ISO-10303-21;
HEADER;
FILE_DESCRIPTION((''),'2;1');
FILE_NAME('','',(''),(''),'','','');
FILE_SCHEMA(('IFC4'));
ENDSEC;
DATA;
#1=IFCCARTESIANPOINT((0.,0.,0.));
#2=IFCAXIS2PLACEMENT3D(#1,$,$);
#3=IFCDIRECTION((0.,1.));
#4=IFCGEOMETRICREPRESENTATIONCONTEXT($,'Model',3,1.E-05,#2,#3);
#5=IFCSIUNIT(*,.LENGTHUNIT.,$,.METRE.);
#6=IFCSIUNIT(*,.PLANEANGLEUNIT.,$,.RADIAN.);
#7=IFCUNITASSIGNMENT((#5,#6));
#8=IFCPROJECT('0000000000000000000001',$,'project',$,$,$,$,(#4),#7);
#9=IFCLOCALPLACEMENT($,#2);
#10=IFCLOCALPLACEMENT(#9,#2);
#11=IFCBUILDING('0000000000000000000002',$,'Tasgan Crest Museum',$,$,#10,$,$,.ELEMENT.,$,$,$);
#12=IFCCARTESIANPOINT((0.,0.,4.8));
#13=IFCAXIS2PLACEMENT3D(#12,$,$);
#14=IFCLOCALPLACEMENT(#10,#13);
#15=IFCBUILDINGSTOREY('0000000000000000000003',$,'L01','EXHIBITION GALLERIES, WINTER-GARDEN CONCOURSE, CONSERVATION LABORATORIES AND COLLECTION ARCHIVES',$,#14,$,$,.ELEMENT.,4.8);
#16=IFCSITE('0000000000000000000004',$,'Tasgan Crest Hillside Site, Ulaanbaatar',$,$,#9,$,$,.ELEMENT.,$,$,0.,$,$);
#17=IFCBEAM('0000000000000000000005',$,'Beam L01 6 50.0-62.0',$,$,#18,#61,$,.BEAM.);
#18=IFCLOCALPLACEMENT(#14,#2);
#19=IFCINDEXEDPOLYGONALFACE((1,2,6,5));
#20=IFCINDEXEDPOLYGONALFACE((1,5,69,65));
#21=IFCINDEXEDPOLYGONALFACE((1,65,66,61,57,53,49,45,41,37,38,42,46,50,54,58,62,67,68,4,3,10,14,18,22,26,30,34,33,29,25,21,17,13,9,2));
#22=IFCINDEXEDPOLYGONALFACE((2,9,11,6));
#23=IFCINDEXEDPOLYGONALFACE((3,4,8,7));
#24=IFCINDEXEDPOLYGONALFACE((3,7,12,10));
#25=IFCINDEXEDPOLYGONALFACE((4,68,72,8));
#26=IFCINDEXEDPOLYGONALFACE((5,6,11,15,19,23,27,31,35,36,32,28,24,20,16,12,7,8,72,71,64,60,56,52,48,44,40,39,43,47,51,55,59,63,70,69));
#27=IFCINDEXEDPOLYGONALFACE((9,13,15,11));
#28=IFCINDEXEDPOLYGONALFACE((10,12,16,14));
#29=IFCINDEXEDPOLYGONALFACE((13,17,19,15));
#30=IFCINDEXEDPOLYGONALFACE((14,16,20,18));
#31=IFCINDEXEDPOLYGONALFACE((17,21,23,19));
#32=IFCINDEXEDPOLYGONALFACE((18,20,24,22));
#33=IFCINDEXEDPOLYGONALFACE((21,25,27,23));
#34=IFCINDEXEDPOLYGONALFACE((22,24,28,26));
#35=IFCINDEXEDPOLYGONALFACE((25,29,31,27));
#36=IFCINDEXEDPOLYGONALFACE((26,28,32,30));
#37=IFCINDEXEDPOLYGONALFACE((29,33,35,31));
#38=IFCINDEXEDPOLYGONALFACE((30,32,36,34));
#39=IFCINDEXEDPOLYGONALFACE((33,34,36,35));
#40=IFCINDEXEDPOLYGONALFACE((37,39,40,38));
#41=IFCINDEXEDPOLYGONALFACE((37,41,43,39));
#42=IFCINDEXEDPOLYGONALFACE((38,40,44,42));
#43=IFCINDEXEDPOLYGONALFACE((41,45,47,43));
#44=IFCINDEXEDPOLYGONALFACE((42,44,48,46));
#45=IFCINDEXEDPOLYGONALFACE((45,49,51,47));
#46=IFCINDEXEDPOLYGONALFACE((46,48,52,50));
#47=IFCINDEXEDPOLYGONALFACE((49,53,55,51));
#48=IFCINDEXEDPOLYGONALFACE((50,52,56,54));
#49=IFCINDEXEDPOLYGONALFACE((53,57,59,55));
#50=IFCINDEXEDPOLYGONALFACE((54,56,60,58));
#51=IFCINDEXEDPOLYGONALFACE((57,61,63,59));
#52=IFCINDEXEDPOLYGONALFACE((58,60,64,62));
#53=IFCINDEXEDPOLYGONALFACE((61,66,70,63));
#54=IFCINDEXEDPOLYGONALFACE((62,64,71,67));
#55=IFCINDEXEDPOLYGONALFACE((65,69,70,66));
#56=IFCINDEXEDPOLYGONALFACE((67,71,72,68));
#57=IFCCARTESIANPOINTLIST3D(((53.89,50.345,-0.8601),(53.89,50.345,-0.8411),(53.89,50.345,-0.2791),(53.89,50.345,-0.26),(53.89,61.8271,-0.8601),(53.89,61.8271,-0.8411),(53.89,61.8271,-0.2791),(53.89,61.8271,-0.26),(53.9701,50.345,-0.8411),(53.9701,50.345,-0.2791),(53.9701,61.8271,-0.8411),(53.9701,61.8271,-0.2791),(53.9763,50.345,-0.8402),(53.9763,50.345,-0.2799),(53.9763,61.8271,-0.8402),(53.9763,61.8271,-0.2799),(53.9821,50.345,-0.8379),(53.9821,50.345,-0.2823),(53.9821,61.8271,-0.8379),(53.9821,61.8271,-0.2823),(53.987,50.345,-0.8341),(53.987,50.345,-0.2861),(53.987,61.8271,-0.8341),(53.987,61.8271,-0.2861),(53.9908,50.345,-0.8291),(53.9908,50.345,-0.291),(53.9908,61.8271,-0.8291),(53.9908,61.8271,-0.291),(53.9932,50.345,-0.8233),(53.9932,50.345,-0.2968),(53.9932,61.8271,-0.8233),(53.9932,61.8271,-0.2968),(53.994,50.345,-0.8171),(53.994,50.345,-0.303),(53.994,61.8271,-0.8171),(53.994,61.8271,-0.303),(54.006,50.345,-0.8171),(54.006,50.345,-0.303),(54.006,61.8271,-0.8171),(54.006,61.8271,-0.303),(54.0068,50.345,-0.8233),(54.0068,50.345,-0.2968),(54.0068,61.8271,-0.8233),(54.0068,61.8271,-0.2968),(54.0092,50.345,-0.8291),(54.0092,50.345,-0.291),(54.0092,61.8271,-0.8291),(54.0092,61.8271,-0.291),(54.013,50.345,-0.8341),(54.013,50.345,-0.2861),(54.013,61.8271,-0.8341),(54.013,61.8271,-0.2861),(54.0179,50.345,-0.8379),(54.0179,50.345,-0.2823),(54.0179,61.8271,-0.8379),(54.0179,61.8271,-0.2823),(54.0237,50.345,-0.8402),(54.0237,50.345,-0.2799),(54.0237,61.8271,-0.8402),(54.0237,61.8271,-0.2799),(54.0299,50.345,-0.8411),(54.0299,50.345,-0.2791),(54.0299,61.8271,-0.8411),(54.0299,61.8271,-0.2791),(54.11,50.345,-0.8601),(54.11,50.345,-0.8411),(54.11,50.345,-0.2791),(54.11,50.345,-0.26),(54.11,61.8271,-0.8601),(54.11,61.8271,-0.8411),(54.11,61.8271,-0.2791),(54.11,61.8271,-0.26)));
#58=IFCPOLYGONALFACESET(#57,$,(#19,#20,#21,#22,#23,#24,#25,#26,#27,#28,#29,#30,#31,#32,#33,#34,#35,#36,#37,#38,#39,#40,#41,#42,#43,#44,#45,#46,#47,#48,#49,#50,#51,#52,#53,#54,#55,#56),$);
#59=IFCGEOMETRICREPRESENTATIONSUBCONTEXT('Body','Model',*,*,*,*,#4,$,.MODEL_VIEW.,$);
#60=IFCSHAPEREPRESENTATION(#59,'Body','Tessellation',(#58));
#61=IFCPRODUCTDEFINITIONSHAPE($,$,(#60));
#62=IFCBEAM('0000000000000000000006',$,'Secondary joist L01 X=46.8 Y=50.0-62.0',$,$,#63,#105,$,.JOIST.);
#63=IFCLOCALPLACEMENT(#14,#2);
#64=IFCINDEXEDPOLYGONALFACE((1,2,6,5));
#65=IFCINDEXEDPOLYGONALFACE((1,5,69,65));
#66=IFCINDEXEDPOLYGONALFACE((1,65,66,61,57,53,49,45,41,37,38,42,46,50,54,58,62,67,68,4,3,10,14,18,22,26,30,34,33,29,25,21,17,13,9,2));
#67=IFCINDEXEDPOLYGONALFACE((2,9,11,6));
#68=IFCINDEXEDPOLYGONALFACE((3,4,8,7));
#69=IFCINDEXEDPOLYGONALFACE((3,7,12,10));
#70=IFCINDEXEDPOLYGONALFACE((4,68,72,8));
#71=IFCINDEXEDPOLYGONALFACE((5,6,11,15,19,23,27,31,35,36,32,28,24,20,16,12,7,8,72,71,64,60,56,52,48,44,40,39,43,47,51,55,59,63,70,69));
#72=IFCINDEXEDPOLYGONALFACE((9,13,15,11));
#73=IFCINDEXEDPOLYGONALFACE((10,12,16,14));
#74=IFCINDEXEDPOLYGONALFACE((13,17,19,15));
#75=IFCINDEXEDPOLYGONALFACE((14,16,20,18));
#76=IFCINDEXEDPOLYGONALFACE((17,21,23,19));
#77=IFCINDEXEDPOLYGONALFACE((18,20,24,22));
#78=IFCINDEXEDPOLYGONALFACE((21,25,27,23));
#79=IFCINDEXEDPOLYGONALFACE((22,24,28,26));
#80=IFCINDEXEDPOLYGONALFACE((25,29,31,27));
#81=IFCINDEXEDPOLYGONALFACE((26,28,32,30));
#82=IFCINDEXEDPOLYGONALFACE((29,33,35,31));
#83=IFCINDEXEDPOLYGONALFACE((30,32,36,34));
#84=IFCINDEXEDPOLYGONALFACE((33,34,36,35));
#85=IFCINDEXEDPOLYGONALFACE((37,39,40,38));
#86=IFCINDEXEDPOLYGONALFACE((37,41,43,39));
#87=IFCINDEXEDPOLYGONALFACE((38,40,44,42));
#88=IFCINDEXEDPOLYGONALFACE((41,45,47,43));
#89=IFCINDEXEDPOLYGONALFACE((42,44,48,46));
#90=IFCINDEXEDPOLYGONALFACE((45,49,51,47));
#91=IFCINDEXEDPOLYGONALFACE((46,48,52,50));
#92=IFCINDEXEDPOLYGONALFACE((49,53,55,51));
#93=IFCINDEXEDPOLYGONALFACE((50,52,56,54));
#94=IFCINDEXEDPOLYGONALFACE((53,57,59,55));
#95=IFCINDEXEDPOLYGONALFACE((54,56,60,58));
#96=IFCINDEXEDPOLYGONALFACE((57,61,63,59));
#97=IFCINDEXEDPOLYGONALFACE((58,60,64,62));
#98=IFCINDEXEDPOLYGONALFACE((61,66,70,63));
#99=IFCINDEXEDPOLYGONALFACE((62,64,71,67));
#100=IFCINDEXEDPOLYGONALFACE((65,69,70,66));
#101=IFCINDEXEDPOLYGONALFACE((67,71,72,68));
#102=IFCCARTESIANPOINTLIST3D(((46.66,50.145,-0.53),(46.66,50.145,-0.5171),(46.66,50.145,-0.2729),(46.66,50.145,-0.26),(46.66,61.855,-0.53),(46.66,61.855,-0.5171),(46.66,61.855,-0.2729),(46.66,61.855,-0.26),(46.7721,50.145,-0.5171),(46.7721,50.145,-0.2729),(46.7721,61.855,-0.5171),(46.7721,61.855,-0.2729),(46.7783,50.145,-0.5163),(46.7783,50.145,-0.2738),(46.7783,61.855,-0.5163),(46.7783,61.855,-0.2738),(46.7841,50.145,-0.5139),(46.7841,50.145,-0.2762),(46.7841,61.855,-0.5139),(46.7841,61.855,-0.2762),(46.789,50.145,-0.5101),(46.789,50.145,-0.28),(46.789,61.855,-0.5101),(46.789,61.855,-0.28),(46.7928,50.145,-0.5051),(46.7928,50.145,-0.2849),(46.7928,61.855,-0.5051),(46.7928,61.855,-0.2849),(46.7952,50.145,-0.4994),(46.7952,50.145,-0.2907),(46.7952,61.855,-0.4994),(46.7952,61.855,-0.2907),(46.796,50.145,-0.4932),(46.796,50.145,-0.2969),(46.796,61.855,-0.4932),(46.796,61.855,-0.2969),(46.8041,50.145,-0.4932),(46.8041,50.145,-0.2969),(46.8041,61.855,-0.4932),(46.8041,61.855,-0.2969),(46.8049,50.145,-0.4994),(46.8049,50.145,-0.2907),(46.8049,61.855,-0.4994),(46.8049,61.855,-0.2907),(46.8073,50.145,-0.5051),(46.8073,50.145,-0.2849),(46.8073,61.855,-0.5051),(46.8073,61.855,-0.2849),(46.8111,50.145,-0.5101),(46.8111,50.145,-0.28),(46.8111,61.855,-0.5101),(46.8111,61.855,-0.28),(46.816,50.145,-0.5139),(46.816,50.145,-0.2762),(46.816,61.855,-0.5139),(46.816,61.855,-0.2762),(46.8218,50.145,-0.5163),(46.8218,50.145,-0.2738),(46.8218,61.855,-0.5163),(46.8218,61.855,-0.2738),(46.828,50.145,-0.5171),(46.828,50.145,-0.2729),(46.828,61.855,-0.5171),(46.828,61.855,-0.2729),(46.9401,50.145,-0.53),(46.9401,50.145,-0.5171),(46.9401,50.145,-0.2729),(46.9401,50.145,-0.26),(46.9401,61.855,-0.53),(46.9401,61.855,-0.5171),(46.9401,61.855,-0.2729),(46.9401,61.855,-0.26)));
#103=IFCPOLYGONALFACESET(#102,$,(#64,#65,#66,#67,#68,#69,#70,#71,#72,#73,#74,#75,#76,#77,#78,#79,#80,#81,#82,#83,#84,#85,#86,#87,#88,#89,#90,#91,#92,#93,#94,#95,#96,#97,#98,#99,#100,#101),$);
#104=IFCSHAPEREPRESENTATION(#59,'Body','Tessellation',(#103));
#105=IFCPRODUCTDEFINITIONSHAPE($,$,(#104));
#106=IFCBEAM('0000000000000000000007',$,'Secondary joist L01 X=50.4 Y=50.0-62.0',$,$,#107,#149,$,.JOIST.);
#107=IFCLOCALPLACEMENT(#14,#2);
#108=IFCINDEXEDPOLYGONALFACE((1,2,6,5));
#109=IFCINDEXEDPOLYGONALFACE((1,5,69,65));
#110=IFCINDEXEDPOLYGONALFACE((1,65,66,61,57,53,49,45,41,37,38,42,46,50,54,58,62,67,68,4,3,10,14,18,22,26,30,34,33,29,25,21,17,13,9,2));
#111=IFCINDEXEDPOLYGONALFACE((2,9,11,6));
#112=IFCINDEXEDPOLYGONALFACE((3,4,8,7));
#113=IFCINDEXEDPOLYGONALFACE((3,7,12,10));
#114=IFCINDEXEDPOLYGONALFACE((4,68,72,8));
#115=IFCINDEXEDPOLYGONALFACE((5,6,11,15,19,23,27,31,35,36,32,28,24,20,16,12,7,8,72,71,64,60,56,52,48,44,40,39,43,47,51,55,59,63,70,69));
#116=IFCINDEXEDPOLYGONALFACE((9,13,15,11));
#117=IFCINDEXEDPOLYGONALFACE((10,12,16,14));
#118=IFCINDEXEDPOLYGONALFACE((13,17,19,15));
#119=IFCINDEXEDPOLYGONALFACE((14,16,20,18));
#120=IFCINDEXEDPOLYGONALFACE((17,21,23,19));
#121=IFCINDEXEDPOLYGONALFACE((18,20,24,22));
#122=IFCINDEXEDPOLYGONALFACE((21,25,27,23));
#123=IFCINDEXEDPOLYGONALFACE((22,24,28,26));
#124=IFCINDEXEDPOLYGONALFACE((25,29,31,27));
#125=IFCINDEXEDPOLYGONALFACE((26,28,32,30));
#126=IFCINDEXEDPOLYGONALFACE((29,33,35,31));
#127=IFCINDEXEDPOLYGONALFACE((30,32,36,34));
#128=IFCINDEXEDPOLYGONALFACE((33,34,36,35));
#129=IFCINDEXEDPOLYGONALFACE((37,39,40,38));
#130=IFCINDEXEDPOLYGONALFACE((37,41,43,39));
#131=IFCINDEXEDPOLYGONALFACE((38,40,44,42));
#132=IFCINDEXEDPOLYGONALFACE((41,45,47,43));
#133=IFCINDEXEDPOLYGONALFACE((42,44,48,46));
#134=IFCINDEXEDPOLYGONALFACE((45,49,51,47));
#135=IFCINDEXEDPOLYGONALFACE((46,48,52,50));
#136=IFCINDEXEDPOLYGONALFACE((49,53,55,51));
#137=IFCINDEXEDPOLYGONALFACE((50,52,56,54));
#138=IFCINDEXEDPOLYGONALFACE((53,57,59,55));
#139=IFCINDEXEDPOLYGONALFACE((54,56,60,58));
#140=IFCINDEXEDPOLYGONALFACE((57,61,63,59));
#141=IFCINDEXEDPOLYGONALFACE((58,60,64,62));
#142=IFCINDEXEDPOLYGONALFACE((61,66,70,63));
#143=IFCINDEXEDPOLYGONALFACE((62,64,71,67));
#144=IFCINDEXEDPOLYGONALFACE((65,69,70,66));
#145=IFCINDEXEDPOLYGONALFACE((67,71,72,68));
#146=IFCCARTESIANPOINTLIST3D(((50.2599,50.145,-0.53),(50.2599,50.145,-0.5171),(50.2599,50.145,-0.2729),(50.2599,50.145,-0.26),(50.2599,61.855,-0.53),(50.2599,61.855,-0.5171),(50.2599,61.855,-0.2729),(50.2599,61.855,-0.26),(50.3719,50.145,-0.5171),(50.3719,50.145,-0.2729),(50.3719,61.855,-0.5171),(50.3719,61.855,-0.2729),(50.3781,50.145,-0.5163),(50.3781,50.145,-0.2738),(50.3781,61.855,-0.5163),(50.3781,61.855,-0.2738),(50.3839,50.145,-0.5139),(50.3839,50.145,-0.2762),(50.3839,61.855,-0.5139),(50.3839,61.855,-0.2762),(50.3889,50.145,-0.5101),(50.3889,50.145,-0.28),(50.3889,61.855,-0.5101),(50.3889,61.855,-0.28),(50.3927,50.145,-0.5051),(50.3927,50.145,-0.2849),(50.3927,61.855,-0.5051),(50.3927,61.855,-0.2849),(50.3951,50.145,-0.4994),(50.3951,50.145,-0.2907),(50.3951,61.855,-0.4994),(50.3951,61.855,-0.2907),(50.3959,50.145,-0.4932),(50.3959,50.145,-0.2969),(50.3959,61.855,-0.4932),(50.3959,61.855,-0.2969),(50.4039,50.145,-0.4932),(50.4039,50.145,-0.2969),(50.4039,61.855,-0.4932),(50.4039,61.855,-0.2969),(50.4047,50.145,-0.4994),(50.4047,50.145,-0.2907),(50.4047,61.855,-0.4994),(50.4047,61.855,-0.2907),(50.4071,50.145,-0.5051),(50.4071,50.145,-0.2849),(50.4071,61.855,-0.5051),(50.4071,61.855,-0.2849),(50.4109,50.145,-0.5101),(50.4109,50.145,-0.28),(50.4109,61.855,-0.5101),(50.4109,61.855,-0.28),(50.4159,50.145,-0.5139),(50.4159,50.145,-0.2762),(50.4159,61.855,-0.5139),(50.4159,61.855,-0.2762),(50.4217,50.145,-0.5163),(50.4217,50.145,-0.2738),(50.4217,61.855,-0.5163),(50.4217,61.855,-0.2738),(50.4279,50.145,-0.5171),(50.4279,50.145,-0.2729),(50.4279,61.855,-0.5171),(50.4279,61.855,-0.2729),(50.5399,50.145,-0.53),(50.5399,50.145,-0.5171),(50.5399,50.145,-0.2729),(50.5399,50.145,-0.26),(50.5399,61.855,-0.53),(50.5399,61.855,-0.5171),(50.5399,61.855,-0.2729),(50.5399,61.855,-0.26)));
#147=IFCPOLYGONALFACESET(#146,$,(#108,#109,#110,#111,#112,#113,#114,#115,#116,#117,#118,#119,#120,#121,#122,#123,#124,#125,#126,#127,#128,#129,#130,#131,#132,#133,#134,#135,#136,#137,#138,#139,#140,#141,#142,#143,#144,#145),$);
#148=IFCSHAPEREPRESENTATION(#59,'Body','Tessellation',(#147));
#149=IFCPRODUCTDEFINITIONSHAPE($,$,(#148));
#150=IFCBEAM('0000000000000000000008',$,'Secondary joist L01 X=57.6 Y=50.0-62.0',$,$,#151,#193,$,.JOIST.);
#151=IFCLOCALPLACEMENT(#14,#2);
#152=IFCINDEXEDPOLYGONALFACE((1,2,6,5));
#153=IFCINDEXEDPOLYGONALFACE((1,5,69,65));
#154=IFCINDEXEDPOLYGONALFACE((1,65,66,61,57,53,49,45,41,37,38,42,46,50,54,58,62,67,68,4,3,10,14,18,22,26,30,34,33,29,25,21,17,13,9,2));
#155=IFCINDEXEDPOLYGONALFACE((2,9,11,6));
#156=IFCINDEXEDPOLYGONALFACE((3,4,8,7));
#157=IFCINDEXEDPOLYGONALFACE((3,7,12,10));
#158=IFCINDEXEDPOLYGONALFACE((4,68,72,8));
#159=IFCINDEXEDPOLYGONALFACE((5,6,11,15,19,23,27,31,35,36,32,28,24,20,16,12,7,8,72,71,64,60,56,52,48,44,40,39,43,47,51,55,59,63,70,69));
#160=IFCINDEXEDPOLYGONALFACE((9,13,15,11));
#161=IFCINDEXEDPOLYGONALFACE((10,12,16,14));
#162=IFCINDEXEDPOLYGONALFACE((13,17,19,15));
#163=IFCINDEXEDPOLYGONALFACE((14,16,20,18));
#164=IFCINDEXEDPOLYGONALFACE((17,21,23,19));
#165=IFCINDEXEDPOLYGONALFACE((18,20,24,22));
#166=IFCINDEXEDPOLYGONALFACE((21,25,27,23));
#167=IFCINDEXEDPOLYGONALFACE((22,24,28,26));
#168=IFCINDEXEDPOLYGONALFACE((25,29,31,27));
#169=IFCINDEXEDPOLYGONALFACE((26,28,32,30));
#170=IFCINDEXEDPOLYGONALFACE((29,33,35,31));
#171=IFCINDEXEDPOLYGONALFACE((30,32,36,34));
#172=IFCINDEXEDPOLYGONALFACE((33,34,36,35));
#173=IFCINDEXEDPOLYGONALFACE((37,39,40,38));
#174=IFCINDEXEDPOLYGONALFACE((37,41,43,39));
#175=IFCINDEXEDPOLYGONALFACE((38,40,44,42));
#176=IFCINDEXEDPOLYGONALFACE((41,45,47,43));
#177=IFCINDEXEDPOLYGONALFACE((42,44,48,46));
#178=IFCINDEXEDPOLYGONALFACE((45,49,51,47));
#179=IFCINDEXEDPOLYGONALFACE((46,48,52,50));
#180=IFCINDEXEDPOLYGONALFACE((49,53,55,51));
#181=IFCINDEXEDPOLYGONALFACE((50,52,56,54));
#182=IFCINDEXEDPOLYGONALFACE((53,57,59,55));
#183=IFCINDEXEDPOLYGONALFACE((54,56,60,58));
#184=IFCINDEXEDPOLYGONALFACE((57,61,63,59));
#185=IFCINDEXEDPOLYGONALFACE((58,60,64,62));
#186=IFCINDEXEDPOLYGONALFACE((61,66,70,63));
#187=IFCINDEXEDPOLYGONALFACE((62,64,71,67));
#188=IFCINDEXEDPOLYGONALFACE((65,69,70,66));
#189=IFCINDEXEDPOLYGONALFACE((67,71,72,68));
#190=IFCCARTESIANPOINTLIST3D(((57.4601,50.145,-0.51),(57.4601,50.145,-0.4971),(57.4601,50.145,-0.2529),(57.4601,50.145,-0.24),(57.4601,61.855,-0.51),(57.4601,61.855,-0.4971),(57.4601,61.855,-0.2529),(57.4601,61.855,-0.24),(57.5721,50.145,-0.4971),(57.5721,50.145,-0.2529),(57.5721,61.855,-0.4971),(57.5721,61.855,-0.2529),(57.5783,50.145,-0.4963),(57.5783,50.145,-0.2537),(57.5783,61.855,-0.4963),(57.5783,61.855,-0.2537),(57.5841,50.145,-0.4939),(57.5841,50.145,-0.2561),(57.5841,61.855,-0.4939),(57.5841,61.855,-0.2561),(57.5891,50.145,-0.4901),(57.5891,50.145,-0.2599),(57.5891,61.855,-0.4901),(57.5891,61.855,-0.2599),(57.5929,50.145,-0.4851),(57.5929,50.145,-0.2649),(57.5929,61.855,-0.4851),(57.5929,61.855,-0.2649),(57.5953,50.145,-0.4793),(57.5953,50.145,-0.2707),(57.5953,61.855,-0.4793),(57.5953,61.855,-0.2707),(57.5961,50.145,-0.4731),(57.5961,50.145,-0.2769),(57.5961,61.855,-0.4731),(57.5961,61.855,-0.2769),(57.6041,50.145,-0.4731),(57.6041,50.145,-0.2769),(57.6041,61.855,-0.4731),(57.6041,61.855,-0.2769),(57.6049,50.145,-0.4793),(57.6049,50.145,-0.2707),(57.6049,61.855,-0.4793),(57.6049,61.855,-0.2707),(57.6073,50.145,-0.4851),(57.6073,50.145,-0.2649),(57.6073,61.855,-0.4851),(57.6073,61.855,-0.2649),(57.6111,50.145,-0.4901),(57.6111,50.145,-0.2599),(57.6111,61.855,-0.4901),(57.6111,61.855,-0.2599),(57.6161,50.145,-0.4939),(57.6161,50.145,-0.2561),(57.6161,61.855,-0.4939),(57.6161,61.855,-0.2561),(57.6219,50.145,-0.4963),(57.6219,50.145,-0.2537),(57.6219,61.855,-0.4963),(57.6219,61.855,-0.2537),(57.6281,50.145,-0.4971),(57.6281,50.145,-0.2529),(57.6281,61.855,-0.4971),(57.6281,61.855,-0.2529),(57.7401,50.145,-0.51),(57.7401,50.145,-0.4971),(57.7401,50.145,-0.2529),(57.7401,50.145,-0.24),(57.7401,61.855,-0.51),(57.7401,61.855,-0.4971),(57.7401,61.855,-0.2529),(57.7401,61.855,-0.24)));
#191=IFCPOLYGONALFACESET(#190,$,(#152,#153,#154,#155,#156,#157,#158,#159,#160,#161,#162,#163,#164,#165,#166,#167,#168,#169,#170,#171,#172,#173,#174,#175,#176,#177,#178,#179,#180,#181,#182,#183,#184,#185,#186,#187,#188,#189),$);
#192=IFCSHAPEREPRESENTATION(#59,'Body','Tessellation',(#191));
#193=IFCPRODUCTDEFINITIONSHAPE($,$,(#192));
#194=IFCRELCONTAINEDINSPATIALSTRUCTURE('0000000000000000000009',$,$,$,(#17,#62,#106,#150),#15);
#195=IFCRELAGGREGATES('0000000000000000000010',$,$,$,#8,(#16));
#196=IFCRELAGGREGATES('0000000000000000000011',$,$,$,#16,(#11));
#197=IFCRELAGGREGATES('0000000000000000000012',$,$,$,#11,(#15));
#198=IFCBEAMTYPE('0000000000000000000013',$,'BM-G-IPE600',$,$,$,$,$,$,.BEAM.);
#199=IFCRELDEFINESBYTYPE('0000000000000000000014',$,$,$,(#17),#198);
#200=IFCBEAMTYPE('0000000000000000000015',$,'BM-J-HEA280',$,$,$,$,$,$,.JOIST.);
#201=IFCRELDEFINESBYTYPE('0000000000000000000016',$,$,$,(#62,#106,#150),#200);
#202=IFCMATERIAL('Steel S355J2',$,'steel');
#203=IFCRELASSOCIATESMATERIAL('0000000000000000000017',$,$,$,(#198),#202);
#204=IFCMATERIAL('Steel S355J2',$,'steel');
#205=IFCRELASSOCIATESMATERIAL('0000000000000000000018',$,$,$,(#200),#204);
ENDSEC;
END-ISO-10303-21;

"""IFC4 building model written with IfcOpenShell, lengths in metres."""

from ifc_helpers import new_model, si_unit, direction, frame, origin, origin_2d, place, context, subcontext, project, spatial, i_section, extrude, material, material_profile, profile_set, type_object, element, save


model = new_model("IFC4")

# Units and contexts
model_context = context("Model", 3, precision=1e-05, world=origin(), true_north=direction((0.0, 1.0)))
body_context = subcontext(model_context, "Body", "Model", "MODEL_VIEW")
ifc_project = project(units=[si_unit("LENGTHUNIT", "METRE"), si_unit("PLANEANGLEUNIT", "RADIAN")], contexts=[model_context])

# Site, building, storey
site_placement = place(None, origin())
site = spatial("IfcSite", under=ifc_project, at=site_placement, Name="Tasgan Crest Hillside Site, Ulaanbaatar", CompositionType="ELEMENT", RefElevation=0.0)
building_placement = place(site_placement, origin())
building = spatial("IfcBuilding", under=site, at=building_placement, Name="Tasgan Crest Museum", CompositionType="ELEMENT")
storey_placement = place(building_placement, frame((0.0, 0.0, 4.8)))
storey = spatial("IfcBuildingStorey", under=building, at=storey_placement, Name="L01", Description="EXHIBITION GALLERIES, WINTER-GARDEN CONCOURSE, CONSERVATION LABORATORIES AND COLLECTION ARCHIVES", CompositionType="ELEMENT", Elevation=4.8)

# Beams
ifc_material_1 = material(Name="Steel S355J2", Category="steel")
ifc_material_profile_1 = material_profile(ifc_material_1, i_section(OverallWidth=0.22, OverallDepth=0.6001, WebThickness=0.012, FlangeThickness=0.019, FilletRadius=0.0239, at=origin_2d()), Name="IPE 600")
ifc_profile_set_1 = profile_set([ifc_material_profile_1], Name="Steel S355J2")
beam_type_1 = type_object("IfcBeamType", Name="BM-G-IPE600", PredefinedType="BEAM", material=ifc_profile_set_1)
beam_1_placement = place(storey_placement, frame((54.0, 50.345, -0.5601), z_axis=(0.0, 1.0, 0.0), x_axis=(-1.0, 0.0, 0.0)))
element("IfcBeam", 1, at=beam_1_placement, inside=storey, type_object=beam_type_1, Name="Beam L01 6 50.0-62.0", PredefinedType="BEAM", context=body_context, shape_type="SweptSolid", body=[
    extrude(i_section(OverallWidth=0.22, OverallDepth=0.6001, WebThickness=0.012, FlangeThickness=0.019, FilletRadius=0.0239, at=origin_2d()), origin(), (0.0, 0.0, 1.0), 11.4822),
])
ifc_material_2 = material(Name="Steel S355J2", Category="steel")
ifc_material_profile_2 = material_profile(ifc_material_2, i_section(OverallWidth=0.28, OverallDepth=0.27, WebThickness=0.0081, FlangeThickness=0.0129, FilletRadius=0.0239, at=origin_2d()), Name="HEA 280")
ifc_profile_set_2 = profile_set([ifc_material_profile_2], Name="Steel S355J2")
beam_type_2 = type_object("IfcBeamType", Name="BM-J-HEA280", PredefinedType="JOIST", material=ifc_profile_set_2)
for number, where, z_axis, x_axis, name in (
    (2, (46.8, 50.145, -0.395), (0.0, 1.0, 0.0), (-1.0, 0.0, 0.0), "Secondary joist L01 X=46.8 Y=50.0-62.0"),
    (3, (50.3999, 50.145, -0.395), (0.0, 1.0, 0.0), (-1.0, 0.0, 0.0), "Secondary joist L01 X=50.4 Y=50.0-62.0"),
    (4, (57.6001, 50.145, -0.375), (0.0, 1.0, 0.0), (-1.0, 0.0, 0.0), "Secondary joist L01 X=57.6 Y=50.0-62.0"),
):
    element("IfcBeam", number, at=place(storey_placement, frame(where, z_axis=z_axis, x_axis=x_axis)), inside=storey, type_object=beam_type_2, Name=name, PredefinedType="JOIST", context=body_context, shape_type="SweptSolid", body=[
        extrude(i_section(OverallWidth=0.28, OverallDepth=0.27, WebThickness=0.0081, FlangeThickness=0.0129, FilletRadius=0.0239, at=origin_2d()), origin(), (0.0, 0.0, 1.0), 11.71),
    ])

save(model, "model.ifc")
